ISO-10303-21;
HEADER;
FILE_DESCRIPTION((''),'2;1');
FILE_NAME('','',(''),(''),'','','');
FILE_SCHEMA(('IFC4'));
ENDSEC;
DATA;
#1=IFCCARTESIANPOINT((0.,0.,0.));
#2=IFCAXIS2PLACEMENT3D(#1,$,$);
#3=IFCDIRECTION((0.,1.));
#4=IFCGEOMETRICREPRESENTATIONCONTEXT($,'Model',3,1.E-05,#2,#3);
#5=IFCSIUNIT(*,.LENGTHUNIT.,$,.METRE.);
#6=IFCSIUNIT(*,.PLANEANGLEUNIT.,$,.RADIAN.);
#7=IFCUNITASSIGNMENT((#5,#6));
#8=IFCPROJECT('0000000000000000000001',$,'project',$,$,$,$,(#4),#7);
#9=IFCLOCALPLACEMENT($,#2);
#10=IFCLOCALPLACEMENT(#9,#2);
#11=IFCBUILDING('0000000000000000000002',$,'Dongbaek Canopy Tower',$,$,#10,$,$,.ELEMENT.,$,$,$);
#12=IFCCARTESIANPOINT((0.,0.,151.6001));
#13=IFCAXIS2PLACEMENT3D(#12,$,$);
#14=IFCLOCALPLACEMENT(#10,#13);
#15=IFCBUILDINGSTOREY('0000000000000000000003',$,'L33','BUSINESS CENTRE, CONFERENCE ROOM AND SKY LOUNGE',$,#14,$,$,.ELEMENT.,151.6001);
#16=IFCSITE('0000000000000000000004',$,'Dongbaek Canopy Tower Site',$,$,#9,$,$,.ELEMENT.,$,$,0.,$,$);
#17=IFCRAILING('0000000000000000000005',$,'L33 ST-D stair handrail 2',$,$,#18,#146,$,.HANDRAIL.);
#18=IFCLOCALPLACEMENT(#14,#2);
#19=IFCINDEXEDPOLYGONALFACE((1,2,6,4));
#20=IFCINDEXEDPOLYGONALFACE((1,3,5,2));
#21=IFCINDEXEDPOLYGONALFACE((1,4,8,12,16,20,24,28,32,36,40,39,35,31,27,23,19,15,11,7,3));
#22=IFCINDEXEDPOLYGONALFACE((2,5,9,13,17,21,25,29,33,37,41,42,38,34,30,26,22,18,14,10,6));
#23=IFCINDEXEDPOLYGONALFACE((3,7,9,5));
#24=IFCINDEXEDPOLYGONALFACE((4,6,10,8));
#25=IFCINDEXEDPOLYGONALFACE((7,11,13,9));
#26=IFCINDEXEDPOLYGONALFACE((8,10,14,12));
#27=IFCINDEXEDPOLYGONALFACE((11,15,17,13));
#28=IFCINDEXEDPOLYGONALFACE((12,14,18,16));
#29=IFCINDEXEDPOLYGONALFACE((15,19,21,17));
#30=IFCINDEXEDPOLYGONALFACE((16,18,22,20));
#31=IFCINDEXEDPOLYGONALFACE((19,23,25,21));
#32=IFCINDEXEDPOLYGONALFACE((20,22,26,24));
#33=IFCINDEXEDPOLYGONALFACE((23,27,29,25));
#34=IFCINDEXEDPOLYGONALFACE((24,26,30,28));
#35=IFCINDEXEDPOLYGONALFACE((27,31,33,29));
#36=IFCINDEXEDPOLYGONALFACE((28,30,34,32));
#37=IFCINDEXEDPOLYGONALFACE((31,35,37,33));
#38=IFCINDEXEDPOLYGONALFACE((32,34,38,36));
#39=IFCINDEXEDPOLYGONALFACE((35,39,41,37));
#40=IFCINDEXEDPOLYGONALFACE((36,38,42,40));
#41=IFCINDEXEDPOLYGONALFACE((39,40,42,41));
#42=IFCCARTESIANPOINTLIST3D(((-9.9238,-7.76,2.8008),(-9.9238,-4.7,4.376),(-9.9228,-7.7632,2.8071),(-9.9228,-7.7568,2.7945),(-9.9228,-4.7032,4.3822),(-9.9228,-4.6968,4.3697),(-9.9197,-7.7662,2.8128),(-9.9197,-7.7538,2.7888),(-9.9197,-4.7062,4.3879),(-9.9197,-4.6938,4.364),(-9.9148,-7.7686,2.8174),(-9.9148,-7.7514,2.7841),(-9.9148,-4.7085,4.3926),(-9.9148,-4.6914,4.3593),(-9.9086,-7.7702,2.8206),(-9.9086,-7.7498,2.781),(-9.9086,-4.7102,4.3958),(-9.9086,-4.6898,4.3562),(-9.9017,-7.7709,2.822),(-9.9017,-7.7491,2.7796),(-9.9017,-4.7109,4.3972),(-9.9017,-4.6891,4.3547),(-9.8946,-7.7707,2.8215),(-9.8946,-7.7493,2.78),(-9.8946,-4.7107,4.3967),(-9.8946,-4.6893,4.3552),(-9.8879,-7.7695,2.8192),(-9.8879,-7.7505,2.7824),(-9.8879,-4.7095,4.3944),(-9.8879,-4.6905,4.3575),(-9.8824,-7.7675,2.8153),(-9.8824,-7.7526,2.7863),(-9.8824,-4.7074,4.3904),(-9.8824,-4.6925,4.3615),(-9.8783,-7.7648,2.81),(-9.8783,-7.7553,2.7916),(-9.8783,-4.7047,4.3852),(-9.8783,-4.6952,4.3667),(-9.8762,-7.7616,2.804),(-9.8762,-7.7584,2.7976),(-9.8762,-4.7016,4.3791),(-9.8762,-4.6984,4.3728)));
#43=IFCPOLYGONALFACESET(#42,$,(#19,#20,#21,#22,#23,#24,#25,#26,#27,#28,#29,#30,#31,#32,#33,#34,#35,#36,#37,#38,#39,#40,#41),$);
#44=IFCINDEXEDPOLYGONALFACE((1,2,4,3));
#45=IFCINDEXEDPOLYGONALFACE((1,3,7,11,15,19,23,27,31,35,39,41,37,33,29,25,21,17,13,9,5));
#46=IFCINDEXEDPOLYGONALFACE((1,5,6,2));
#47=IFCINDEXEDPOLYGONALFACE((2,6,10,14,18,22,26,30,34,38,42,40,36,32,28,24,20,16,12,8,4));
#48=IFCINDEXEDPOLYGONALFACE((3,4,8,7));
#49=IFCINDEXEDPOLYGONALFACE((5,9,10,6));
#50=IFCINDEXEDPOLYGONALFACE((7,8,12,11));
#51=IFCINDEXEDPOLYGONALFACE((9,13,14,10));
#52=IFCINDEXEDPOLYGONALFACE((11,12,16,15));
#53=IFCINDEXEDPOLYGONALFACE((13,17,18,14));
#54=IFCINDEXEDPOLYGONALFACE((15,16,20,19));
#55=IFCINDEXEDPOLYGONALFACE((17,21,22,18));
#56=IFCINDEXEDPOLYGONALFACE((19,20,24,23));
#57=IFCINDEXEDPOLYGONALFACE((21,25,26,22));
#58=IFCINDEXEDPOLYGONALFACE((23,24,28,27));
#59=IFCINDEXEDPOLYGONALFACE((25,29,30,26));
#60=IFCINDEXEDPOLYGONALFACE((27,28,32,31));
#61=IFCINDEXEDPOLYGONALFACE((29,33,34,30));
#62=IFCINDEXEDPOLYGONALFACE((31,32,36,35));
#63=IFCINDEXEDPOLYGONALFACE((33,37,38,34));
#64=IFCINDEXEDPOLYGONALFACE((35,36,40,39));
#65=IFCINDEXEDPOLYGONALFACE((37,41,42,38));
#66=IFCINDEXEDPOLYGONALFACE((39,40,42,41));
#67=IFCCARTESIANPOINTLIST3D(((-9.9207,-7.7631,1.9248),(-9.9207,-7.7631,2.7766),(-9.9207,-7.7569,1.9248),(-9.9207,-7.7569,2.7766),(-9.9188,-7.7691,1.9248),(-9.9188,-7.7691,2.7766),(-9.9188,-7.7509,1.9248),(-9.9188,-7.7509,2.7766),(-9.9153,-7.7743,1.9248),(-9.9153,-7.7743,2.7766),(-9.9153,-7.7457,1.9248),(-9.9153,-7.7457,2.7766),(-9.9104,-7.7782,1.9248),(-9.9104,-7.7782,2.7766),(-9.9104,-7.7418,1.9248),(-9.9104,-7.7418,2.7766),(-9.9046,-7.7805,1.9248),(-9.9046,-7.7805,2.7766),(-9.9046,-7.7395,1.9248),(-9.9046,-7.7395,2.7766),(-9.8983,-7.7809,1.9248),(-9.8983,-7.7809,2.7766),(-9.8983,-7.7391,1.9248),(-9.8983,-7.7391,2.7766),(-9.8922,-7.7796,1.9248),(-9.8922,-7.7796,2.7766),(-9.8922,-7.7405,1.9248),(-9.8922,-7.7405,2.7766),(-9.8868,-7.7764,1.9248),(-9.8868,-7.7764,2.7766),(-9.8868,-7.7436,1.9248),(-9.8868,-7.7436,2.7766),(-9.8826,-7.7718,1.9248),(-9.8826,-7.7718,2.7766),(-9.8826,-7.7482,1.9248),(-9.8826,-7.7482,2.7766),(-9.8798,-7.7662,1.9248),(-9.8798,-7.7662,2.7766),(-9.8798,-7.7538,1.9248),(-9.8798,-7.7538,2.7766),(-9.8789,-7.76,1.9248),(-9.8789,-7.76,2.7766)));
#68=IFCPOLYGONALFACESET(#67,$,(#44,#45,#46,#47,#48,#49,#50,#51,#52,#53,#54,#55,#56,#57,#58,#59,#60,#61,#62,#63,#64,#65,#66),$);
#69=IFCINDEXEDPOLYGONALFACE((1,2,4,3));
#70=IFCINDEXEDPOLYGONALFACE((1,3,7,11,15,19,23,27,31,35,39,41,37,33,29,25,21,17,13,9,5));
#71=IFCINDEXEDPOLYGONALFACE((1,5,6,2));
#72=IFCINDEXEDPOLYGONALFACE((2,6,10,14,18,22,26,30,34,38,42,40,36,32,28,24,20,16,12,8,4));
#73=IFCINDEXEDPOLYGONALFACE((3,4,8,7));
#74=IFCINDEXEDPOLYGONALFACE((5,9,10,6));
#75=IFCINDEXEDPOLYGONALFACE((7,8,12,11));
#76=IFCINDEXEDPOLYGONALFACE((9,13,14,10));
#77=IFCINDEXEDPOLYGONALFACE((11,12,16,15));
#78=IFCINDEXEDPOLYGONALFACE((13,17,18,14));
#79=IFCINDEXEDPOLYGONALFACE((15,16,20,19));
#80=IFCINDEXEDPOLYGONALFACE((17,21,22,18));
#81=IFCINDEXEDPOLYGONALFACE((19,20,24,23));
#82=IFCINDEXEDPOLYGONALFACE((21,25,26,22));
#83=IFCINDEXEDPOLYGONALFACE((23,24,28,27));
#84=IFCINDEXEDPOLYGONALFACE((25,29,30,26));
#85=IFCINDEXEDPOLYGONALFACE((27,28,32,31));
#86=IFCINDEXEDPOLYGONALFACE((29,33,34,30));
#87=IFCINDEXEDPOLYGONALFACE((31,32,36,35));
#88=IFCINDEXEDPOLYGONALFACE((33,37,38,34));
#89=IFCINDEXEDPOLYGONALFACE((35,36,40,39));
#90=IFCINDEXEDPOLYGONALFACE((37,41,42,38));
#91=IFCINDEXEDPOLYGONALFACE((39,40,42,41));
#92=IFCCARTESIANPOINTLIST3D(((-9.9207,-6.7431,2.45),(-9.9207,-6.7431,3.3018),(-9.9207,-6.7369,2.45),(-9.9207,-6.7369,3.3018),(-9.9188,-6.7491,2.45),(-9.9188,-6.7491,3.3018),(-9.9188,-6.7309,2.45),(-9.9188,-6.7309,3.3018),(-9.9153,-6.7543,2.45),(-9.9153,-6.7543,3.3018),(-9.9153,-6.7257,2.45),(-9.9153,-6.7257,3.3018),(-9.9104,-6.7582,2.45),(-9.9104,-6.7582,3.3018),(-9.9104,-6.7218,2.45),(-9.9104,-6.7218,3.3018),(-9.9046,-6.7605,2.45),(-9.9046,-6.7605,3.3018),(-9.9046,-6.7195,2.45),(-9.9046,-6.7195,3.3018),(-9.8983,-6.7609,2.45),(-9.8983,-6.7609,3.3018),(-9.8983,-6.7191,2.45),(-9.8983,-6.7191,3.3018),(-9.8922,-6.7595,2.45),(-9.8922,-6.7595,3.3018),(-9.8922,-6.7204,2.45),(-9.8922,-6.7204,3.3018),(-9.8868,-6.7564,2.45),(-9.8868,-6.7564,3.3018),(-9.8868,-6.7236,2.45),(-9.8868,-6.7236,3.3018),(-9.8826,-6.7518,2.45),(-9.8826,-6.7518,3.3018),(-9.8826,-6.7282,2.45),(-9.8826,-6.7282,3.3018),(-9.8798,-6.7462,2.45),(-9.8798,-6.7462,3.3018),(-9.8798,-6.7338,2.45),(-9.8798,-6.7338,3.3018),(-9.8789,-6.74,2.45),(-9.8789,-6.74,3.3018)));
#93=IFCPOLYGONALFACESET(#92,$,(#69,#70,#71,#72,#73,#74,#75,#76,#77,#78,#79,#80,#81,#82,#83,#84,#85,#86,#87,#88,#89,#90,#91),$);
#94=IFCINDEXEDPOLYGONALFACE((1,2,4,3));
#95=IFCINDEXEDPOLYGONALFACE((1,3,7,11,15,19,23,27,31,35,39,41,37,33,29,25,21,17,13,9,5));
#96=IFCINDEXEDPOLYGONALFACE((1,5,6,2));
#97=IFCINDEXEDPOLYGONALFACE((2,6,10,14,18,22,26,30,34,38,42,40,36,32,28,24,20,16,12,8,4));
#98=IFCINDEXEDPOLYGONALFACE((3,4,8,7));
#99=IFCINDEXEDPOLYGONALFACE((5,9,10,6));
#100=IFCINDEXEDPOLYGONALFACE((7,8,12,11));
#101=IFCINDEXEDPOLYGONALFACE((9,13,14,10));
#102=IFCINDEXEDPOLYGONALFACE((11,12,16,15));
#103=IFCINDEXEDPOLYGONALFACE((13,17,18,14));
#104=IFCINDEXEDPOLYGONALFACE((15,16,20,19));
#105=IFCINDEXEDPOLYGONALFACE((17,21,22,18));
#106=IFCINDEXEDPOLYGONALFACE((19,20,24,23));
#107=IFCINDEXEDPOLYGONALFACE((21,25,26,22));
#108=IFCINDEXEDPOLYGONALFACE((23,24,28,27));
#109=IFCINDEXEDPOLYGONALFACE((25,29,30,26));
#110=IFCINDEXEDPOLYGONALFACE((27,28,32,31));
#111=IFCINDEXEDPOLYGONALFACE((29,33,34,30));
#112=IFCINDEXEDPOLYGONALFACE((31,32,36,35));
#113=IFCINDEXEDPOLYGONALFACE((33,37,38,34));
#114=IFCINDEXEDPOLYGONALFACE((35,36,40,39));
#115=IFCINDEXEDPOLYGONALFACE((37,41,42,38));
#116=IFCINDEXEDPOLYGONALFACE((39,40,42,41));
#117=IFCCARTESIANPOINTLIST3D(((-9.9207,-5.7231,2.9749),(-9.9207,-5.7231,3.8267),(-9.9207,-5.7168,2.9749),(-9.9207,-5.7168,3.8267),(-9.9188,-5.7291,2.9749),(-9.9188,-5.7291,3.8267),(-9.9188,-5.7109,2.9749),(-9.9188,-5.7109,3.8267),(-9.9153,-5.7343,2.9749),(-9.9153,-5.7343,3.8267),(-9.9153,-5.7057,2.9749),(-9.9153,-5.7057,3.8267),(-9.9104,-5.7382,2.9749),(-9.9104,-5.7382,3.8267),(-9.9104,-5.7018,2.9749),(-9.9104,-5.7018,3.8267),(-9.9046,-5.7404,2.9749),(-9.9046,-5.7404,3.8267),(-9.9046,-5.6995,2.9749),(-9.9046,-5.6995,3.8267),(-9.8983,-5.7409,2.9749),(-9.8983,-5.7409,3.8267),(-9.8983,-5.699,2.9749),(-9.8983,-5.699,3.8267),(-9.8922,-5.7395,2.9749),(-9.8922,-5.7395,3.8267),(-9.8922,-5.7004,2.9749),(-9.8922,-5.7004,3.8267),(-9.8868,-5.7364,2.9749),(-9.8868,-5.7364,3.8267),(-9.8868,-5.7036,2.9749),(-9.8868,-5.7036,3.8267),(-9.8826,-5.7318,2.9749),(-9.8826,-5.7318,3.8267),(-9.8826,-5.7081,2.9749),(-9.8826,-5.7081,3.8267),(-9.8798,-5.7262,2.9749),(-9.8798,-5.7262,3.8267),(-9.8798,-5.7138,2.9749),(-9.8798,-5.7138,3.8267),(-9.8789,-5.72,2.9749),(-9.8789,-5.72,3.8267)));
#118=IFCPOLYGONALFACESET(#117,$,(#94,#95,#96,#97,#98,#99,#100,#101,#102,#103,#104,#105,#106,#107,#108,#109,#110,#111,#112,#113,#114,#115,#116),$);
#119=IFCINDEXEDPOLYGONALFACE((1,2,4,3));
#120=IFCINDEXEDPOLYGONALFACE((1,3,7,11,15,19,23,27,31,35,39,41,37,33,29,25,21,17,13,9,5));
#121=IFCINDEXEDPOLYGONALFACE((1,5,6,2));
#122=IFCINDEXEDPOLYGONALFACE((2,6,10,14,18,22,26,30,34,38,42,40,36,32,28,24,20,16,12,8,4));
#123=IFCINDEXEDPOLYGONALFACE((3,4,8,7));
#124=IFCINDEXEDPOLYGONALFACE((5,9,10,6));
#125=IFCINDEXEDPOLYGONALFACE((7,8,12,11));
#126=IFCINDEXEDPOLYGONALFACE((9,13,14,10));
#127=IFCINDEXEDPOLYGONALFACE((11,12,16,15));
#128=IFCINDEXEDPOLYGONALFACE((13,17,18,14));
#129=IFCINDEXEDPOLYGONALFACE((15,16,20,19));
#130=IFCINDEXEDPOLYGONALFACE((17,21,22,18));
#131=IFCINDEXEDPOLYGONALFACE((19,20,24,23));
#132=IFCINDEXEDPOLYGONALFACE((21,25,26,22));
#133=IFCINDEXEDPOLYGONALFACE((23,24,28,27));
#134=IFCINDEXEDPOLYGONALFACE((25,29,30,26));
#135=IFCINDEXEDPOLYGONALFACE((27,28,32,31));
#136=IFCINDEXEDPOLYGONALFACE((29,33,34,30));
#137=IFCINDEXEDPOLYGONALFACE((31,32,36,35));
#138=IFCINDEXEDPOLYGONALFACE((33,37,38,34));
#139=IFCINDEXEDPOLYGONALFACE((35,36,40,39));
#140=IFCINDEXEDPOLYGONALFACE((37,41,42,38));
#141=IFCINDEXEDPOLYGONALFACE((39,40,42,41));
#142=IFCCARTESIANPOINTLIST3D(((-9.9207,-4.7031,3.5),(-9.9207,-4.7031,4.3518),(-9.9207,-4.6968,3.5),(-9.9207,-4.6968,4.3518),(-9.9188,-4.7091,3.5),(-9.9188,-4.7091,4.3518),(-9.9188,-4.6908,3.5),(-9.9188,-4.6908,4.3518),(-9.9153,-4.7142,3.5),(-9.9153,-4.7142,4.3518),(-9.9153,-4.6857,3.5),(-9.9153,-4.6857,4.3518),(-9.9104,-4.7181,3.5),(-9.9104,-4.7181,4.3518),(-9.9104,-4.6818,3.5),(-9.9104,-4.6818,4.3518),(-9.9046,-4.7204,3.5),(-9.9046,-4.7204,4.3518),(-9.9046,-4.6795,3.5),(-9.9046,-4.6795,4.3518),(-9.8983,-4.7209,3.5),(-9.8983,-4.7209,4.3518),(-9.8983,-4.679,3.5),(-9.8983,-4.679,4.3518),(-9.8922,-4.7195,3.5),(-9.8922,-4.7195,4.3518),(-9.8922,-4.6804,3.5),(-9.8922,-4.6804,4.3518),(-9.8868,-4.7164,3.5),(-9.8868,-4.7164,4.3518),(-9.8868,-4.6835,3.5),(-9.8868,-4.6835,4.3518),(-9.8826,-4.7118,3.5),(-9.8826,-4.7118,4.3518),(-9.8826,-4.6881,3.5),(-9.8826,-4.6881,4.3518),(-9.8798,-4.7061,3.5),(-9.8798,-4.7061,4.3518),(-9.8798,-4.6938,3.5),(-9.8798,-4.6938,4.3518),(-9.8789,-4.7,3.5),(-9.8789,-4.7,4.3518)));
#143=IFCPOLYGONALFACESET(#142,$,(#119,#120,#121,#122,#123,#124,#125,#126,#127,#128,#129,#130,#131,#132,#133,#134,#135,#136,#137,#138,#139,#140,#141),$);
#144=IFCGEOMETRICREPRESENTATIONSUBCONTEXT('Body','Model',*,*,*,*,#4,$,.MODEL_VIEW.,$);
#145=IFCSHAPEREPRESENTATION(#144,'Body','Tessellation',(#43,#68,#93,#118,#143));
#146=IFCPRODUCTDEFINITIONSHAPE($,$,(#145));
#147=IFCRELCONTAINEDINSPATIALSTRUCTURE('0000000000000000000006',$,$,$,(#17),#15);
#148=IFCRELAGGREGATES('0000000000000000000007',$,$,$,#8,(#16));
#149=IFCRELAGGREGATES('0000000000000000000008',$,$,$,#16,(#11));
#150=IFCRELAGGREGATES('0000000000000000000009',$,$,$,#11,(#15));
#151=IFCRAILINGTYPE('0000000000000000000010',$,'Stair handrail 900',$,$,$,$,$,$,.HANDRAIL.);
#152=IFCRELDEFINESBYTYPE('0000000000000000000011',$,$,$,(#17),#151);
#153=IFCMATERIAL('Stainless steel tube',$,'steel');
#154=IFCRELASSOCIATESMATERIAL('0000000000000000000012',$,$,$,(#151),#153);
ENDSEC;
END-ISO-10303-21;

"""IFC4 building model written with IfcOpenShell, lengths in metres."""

from ifc_helpers import new_model, si_unit, direction, frame, origin, origin_2d, place, context, subcontext, project, spatial, circle, extrude, material, type_object, element, save


model = new_model("IFC4")

# Units and contexts
model_context = context("Model", 3, precision=1e-05, world=origin(), true_north=direction((0.0, 1.0)))
body_context = subcontext(model_context, "Body", "Model", "MODEL_VIEW")
ifc_project = project(units=[si_unit("LENGTHUNIT", "METRE"), si_unit("PLANEANGLEUNIT", "RADIAN")], contexts=[model_context])

# Site, building, storey
site_placement = place(None, origin())
site = spatial("IfcSite", under=ifc_project, at=site_placement, Name="Dongbaek Canopy Tower Site", CompositionType="ELEMENT", RefElevation=0.0)
building_placement = place(site_placement, origin())
building = spatial("IfcBuilding", under=site, at=building_placement, Name="Dongbaek Canopy Tower", CompositionType="ELEMENT")
storey_placement = place(building_placement, frame((0.0, 0.0, 151.6001)))
storey = spatial("IfcBuildingStorey", under=building, at=storey_placement, Name="L33", Description="BUSINESS CENTRE, CONFERENCE ROOM AND SKY LOUNGE", CompositionType="ELEMENT", Elevation=151.6001)

# Railing
ifc_material_1 = material(Name="Stainless steel tube", Category="steel")
railing_type = type_object("IfcRailingType", Name="Stair handrail 900", PredefinedType="HANDRAIL", material=ifc_material_1)
for number, where, name in (
    (1, (-9.8999, -7.76, 1.9248), "L33 ST-D stair handrail 2"),
):
    element("IfcRailing", number, at=place(storey_placement, frame(where)), inside=storey, type_object=railing_type, Name=name, PredefinedType="HANDRAIL", context=body_context, shape_type="SweptSolid", body=[
        extrude(circle(Radius=0.0239, at=origin_2d()), frame((0.0, 0.0, 0.876), z_axis=(0.0, 0.889116, 0.457681), x_axis=(-1.0, 0.0, 0.0)), (0.0, 0.0, 1.0), 3.4417),
        extrude(circle(Radius=0.021, at=origin_2d()), origin(), (0.0, 0.0, 1.0), 0.8518),
        extrude(circle(Radius=0.021, at=origin_2d()), frame((0.0, 1.02, 0.5251)), (0.0, 0.0, 1.0), 0.8518),
        extrude(circle(Radius=0.021, at=origin_2d()), frame((0.0, 2.04, 1.05)), (0.0, 0.0, 1.0), 0.8518),
        extrude(circle(Radius=0.021, at=origin_2d()), frame((0.0, 3.0601, 1.5752)), (0.0, 0.0, 1.0), 0.8518),
    ])

save(model, "model.ifc")
